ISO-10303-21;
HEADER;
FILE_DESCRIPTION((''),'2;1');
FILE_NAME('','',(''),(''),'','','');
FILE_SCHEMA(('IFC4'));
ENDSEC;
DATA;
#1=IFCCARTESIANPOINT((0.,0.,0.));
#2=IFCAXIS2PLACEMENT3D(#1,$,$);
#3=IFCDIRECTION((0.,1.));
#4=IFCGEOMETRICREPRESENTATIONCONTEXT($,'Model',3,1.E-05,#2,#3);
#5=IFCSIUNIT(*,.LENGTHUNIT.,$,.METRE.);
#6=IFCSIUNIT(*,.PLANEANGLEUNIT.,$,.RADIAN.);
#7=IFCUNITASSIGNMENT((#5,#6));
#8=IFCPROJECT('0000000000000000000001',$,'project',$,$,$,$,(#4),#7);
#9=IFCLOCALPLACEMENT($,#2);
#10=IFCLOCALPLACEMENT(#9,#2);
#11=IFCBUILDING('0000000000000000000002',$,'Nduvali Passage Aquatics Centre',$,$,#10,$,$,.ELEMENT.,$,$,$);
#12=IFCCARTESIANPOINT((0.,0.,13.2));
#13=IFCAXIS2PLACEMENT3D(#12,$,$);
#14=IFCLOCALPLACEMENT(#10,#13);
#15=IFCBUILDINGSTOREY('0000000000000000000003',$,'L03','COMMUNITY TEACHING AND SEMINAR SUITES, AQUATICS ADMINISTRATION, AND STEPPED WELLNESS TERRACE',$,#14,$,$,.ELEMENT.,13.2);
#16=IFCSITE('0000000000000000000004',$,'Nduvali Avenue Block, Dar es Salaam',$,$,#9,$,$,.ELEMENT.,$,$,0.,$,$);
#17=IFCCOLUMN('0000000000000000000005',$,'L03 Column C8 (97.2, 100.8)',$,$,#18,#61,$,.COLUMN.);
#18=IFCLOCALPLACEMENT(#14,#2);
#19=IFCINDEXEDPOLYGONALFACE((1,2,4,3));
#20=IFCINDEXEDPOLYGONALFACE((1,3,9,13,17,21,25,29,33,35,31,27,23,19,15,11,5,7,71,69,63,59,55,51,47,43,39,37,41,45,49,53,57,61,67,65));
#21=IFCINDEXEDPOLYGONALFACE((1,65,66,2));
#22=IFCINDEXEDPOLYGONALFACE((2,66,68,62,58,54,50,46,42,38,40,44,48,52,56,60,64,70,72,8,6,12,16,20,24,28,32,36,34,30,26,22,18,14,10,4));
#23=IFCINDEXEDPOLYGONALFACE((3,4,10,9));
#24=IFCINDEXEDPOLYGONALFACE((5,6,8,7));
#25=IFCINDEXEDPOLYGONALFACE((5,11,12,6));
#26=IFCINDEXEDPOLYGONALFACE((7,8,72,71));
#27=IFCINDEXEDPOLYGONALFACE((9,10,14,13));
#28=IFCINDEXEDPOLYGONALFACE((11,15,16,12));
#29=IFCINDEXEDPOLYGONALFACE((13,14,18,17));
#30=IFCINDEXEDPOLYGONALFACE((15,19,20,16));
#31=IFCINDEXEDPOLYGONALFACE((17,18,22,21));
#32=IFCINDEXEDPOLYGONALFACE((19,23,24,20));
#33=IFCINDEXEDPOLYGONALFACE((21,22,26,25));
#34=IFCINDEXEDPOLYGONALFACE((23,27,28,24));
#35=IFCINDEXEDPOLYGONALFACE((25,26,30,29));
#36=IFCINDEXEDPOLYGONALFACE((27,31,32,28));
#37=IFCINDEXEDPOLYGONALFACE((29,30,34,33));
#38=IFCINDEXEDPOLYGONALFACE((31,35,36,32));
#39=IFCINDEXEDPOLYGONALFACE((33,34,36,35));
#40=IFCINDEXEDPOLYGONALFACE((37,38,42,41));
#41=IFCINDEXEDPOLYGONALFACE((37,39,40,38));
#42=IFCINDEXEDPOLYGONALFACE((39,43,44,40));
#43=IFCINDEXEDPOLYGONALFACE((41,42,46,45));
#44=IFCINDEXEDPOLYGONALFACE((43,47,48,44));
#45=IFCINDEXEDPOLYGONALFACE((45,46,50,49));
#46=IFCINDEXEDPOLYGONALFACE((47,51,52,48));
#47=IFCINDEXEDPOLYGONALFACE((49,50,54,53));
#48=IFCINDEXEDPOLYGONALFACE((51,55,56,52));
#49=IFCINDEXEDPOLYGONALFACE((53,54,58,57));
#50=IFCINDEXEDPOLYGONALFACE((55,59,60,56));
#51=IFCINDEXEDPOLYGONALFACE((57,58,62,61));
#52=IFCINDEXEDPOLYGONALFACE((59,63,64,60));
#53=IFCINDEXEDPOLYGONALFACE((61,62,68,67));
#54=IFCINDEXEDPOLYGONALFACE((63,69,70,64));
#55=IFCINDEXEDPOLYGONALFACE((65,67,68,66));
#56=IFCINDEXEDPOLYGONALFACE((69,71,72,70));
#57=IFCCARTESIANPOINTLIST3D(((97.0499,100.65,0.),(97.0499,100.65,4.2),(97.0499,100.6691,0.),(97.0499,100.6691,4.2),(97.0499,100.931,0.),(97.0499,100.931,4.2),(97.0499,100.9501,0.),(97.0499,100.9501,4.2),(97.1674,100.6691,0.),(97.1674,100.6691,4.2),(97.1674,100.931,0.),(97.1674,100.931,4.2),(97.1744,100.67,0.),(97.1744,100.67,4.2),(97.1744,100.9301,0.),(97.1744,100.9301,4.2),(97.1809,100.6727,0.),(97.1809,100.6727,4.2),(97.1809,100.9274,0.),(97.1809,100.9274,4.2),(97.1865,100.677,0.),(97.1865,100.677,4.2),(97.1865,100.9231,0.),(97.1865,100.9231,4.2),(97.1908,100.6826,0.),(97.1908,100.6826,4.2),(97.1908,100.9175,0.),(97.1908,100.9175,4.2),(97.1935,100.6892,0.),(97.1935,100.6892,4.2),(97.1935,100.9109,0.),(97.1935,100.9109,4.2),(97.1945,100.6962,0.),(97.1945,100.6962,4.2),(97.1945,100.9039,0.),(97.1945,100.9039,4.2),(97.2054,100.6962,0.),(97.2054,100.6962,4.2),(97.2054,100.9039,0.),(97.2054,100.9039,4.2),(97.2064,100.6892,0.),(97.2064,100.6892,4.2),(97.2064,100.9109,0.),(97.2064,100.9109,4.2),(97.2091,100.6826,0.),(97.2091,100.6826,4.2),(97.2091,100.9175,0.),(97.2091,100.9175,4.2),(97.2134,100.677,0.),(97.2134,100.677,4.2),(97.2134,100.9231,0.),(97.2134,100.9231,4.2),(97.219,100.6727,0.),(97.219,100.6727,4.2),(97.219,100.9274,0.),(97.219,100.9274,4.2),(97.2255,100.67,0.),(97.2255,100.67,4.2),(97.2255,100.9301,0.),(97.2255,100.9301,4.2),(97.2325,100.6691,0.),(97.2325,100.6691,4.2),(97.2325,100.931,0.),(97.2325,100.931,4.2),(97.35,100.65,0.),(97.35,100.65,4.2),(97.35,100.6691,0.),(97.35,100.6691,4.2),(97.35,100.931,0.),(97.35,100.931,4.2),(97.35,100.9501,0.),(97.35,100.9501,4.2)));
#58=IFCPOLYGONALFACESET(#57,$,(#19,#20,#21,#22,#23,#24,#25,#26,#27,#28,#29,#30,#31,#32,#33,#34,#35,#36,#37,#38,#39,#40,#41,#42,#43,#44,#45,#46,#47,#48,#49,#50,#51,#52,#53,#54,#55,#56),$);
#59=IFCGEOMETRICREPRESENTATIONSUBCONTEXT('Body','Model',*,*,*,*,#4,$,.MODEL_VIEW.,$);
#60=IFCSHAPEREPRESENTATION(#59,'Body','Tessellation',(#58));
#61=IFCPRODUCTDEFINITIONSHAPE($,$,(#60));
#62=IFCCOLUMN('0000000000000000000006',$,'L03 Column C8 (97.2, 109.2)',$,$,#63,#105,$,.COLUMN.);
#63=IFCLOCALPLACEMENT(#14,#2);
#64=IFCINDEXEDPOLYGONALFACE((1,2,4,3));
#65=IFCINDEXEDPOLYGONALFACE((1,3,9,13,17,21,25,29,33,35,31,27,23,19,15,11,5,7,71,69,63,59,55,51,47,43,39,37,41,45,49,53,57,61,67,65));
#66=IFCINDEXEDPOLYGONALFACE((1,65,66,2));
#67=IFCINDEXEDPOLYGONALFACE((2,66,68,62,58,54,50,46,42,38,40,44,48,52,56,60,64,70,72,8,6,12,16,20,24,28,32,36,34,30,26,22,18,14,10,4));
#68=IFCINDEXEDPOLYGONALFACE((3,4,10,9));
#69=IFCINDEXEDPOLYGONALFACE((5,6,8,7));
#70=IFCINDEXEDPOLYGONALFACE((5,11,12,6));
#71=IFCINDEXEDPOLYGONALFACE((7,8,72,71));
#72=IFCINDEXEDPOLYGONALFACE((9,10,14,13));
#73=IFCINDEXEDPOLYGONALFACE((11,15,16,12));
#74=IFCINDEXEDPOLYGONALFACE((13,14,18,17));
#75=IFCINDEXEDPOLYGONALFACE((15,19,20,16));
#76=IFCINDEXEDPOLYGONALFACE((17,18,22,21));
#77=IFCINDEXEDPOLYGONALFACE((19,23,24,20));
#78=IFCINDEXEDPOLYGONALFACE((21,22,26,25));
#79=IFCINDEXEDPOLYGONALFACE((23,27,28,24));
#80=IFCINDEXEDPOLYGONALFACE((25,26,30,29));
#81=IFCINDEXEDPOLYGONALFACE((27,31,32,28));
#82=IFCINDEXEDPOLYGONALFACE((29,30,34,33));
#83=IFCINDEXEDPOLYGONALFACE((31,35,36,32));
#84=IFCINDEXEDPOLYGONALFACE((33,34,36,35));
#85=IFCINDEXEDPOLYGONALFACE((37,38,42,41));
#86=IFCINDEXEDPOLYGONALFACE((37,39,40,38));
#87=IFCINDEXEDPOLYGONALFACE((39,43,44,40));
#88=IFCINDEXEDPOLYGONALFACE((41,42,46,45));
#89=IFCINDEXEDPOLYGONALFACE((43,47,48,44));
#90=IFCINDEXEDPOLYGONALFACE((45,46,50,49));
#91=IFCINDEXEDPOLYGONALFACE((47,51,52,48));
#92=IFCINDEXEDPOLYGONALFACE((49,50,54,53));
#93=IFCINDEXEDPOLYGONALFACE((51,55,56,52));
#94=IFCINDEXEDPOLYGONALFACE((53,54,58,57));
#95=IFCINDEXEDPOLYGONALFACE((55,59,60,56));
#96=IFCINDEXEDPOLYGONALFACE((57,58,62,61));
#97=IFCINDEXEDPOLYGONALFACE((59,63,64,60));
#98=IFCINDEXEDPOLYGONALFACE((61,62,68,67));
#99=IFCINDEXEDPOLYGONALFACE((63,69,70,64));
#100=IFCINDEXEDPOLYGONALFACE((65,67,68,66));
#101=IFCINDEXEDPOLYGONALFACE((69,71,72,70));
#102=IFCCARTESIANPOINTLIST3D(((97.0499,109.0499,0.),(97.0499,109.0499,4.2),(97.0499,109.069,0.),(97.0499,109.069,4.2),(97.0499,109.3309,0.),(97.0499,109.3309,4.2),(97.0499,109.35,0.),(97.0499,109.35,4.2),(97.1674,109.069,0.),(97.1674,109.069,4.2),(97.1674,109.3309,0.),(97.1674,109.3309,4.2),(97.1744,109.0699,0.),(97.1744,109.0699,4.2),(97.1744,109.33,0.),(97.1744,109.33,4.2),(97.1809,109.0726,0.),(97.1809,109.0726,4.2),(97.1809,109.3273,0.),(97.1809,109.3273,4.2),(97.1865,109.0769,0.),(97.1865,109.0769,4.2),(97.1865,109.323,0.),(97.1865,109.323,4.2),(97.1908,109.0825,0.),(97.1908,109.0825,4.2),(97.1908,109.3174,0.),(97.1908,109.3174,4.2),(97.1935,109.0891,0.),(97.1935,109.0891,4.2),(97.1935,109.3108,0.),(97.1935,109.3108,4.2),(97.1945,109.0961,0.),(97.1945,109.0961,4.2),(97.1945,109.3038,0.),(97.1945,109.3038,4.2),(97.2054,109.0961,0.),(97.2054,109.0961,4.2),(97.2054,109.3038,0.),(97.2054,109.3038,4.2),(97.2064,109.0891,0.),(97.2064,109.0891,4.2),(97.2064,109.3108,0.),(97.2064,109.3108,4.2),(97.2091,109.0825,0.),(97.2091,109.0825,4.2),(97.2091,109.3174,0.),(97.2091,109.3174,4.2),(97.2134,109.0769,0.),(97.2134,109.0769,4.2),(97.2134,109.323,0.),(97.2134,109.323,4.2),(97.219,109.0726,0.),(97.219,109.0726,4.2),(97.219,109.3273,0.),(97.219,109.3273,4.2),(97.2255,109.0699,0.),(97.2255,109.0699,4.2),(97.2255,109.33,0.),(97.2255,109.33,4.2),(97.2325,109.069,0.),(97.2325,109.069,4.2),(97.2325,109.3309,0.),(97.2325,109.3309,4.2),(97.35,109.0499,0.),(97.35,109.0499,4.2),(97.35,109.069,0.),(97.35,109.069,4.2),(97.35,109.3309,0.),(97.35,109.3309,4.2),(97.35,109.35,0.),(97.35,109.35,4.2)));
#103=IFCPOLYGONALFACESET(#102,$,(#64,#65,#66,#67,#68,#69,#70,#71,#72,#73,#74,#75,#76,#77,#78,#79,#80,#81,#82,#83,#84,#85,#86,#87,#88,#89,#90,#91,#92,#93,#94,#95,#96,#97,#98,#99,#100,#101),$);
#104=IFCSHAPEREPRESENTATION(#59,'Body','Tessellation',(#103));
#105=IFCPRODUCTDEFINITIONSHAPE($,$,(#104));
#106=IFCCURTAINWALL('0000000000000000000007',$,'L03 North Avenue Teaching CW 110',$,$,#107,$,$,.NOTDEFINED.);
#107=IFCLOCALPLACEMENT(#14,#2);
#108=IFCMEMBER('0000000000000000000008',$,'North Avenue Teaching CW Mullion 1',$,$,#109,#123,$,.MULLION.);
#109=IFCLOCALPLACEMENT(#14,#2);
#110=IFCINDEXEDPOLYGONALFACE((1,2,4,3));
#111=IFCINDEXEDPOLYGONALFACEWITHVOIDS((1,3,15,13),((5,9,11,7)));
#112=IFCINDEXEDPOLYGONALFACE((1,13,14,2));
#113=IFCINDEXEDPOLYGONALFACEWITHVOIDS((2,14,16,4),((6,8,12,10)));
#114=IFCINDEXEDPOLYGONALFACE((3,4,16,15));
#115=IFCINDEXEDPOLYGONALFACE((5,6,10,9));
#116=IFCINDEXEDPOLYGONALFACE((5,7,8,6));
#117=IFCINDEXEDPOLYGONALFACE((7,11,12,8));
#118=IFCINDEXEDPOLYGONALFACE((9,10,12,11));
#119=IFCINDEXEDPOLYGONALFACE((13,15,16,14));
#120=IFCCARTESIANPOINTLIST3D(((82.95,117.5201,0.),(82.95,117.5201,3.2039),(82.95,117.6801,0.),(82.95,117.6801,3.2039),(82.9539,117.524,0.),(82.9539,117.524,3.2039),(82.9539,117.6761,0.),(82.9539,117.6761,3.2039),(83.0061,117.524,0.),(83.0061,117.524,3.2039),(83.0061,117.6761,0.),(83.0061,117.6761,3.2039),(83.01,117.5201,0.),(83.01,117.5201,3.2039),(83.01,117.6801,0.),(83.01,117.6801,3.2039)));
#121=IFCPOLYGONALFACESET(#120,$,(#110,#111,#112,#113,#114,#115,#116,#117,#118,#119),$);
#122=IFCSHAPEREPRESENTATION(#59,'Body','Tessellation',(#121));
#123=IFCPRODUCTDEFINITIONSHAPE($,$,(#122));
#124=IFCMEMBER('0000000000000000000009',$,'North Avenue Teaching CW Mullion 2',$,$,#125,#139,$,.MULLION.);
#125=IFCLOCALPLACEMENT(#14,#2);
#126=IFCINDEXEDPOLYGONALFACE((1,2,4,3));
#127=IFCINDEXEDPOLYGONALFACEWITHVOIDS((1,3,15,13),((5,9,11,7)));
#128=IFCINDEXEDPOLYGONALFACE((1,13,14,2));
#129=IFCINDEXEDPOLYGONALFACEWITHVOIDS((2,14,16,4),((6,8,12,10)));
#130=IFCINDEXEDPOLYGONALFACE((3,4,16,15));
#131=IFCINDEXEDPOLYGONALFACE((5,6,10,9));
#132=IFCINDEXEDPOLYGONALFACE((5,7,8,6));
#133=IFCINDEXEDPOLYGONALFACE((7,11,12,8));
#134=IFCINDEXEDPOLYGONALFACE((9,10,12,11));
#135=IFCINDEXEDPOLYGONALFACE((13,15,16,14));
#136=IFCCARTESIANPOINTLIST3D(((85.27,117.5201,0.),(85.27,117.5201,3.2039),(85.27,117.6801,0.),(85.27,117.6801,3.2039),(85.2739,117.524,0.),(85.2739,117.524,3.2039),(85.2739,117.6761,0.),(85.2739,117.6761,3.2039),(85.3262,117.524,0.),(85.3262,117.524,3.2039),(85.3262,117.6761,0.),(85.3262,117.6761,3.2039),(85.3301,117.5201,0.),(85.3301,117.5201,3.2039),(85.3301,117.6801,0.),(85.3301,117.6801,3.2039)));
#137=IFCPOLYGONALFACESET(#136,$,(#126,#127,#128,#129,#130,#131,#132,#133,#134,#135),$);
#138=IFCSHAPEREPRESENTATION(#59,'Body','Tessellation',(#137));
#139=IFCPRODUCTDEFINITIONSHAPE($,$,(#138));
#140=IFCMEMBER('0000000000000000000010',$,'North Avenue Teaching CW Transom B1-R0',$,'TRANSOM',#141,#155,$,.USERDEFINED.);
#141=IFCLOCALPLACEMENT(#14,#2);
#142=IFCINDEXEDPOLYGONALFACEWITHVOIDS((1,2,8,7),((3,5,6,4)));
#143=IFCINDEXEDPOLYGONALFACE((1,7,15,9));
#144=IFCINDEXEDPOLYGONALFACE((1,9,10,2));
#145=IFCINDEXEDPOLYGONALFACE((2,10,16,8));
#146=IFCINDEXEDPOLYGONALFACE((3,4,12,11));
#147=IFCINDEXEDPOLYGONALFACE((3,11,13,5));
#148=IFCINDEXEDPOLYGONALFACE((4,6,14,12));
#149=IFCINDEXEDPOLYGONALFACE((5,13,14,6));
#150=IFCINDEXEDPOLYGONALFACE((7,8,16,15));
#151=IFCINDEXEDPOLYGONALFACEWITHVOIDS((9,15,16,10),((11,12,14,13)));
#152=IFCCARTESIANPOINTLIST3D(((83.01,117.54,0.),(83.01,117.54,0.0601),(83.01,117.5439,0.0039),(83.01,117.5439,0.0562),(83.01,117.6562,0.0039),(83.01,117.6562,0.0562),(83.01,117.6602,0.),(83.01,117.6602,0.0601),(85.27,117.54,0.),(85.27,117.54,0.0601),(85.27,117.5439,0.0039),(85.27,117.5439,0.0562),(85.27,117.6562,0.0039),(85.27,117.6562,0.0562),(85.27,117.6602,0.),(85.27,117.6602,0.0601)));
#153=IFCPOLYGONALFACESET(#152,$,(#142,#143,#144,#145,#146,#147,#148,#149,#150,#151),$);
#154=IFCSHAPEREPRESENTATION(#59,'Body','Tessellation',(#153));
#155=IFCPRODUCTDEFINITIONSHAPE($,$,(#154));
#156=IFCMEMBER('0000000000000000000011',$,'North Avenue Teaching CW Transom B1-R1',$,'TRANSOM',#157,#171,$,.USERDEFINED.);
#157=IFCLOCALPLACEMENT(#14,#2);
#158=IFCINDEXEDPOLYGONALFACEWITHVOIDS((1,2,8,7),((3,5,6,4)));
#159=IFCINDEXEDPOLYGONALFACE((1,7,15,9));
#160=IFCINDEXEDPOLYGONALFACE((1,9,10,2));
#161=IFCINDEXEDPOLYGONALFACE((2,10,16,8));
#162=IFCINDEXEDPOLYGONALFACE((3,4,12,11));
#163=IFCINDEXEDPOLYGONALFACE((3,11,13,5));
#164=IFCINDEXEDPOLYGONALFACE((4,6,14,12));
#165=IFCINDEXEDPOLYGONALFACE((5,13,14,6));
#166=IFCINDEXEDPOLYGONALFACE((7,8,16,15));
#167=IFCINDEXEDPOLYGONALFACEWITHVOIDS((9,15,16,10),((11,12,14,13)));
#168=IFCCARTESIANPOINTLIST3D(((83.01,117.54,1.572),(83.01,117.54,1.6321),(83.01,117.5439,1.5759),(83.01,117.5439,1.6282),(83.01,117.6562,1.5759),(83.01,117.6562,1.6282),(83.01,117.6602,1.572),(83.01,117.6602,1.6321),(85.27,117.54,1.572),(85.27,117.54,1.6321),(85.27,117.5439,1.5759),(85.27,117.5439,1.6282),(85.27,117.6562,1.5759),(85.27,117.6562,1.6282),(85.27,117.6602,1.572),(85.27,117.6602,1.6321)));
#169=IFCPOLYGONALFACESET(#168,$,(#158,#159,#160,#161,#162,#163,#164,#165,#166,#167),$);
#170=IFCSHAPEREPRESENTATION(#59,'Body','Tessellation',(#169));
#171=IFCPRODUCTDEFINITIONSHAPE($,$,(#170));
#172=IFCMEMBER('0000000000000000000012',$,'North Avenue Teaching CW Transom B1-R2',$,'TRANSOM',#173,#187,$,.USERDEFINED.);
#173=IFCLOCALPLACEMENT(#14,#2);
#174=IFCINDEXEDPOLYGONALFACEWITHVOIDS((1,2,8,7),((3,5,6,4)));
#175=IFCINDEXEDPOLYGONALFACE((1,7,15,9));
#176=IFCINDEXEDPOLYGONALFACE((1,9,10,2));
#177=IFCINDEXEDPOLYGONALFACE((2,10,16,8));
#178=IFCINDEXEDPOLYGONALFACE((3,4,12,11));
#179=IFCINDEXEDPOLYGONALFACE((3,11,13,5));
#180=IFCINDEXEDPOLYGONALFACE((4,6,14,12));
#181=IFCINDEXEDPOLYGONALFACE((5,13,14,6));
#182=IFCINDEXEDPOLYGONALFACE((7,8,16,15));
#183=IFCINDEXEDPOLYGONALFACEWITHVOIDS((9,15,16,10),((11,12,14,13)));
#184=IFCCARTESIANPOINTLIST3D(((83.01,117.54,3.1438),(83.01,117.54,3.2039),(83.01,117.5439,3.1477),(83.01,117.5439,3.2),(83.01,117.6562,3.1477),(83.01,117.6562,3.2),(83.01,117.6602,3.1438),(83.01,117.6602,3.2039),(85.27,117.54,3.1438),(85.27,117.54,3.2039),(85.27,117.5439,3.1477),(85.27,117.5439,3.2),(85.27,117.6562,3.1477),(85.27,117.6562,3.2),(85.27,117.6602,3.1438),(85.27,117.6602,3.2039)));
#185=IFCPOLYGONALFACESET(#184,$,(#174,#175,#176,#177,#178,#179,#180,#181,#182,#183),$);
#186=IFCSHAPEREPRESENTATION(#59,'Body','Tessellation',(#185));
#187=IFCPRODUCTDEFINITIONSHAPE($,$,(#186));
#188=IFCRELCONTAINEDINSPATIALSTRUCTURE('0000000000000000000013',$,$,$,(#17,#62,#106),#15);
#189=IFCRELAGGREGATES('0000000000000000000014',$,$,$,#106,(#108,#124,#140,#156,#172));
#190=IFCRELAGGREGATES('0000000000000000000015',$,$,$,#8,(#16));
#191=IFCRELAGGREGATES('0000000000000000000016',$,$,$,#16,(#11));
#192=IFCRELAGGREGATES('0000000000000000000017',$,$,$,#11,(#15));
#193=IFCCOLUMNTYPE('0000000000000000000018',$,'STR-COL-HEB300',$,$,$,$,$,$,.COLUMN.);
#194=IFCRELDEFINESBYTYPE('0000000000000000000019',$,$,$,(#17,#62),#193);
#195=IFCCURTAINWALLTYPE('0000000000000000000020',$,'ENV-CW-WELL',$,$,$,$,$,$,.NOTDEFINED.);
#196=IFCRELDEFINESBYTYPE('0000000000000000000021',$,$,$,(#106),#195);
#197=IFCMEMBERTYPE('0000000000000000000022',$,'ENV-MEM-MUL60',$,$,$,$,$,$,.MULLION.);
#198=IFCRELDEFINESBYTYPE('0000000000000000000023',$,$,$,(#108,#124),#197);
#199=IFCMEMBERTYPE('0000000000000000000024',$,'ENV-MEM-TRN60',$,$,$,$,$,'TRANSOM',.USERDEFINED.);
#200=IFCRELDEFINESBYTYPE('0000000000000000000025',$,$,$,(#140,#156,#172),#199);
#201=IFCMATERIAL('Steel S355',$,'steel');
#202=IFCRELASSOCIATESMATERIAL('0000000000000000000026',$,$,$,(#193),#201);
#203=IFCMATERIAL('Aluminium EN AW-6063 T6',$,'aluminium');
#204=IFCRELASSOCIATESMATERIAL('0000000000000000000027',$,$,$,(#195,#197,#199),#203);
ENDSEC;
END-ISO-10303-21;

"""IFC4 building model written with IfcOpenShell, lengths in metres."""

from ifc_helpers import new_model, si_unit, direction, frame, origin, origin_2d, place, context, subcontext, project, spatial, hollow_rectangle, i_section, extrude, material, material_profile, profile_set, type_object, element, aggregate, save


model = new_model("IFC4")

# Units and contexts
model_context = context("Model", 3, precision=1e-05, world=origin(), true_north=direction((0.0, 1.0)))
body_context = subcontext(model_context, "Body", "Model", "MODEL_VIEW")
ifc_project = project(units=[si_unit("LENGTHUNIT", "METRE"), si_unit("PLANEANGLEUNIT", "RADIAN")], contexts=[model_context])

# Site, building, storey
site_placement = place(None, origin())
site = spatial("IfcSite", under=ifc_project, at=site_placement, Name="Nduvali Avenue Block, Dar es Salaam", CompositionType="ELEMENT", RefElevation=0.0)
building_placement = place(site_placement, origin())
building = spatial("IfcBuilding", under=site, at=building_placement, Name="Nduvali Passage Aquatics Centre", CompositionType="ELEMENT")
storey_placement = place(building_placement, frame((0.0, 0.0, 13.2)))
storey = spatial("IfcBuildingStorey", under=building, at=storey_placement, Name="L03", Description="COMMUNITY TEACHING AND SEMINAR SUITES, AQUATICS ADMINISTRATION, AND STEPPED WELLNESS TERRACE", CompositionType="ELEMENT", Elevation=13.2)

# Columns
ifc_material_1 = material(Name="Steel S355", Category="steel")
ifc_material_profile_1 = material_profile(ifc_material_1, i_section(OverallWidth=0.3, OverallDepth=0.3, WebThickness=0.011, FlangeThickness=0.019, FilletRadius=0.0271, at=origin_2d()), Name="HEB 300")
ifc_profile_set_1 = profile_set([ifc_material_profile_1], Name="Steel S355")
column_type = type_object("IfcColumnType", Name="STR-COL-HEB300", PredefinedType="COLUMN", material=ifc_profile_set_1)
for number, where, z_axis, x_axis, name in (
    (1, (97.2, 100.8, 0.0), (0.0, 0.0, 1.0), (1.0, 0.0, 0.0), "L03 Column C8 (97.2, 100.8)"),
    (2, (97.2, 109.2, 0.0), (0.0, 0.0, 1.0), (1.0, 0.0, 0.0), "L03 Column C8 (97.2, 109.2)"),
):
    element("IfcColumn", number, at=place(storey_placement, frame(where, z_axis=z_axis, x_axis=x_axis)), inside=storey, type_object=column_type, Name=name, PredefinedType="COLUMN", context=body_context, shape_type="SweptSolid", body=[
        extrude(i_section(OverallWidth=0.3, OverallDepth=0.3, WebThickness=0.011, FlangeThickness=0.019, FilletRadius=0.0271, at=origin_2d()), origin(), (0.0, 0.0, 1.0), 4.2),
    ])

# Curtain wall, members
ifc_material_2 = material(Name="Aluminium EN AW-6063 T6", Category="aluminium")
curtain_wall_type = type_object("IfcCurtainWallType", Name="ENV-CW-WELL", PredefinedType="NOTDEFINED", material=ifc_material_2)
curtain_wall_placement = place(storey_placement, origin())
curtain_wall = element("IfcCurtainWall", 3, at=curtain_wall_placement, inside=storey, type_object=curtain_wall_type, Name="L03 North Avenue Teaching CW 110", PredefinedType="NOTDEFINED")
ifc_material_profile_2 = material_profile(ifc_material_2, hollow_rectangle(XDim=0.0601, YDim=0.1599, WallThickness=0.0039, at=origin_2d()), Name="ALU MULLION 60x160x4")
ifc_profile_set_2 = profile_set([ifc_material_profile_2], Name="Aluminium EN AW-6063 T6")
member_type_1 = type_object("IfcMemberType", Name="ENV-MEM-MUL60", PredefinedType="MULLION", material=ifc_profile_set_2)
member_1_placement = place(storey_placement, frame((82.98, 117.6001, 0.0), z_axis=(0.0, 0.0, 1.0), x_axis=(1.0, 0.0, 0.0)))
member_1 = element("IfcMember", 4, at=member_1_placement, type_object=member_type_1, Name="North Avenue Teaching CW Mullion 1", PredefinedType="MULLION", context=body_context, shape_type="SweptSolid", body=[
    extrude(hollow_rectangle(XDim=0.0601, YDim=0.1599, WallThickness=0.0039, at=origin_2d()), origin(), (0.0, 0.0, 1.0), 3.2039),
])
member_2_placement = place(storey_placement, frame((85.3, 117.6001, 0.0), z_axis=(0.0, 0.0, 1.0), x_axis=(1.0, 0.0, 0.0)))
member_2 = element("IfcMember", 5, at=member_2_placement, type_object=member_type_1, Name="North Avenue Teaching CW Mullion 2", PredefinedType="MULLION", context=body_context, shape_type="SweptSolid", body=[
    extrude(hollow_rectangle(XDim=0.0601, YDim=0.1599, WallThickness=0.0039, at=origin_2d()), origin(), (0.0, 0.0, 1.0), 3.2039),
])
ifc_material_profile_3 = material_profile(ifc_material_2, hollow_rectangle(XDim=0.1201, YDim=0.0601, WallThickness=0.0039, at=origin_2d()), Name="ALU TRANSOM 120x60x4")
ifc_profile_set_3 = profile_set([ifc_material_profile_3], Name="Aluminium EN AW-6063 T6")
member_type_2 = type_object("IfcMemberType", Name="ENV-MEM-TRN60", ElementType="TRANSOM", PredefinedType="USERDEFINED", material=ifc_profile_set_3)
member_3_placement = place(storey_placement, frame((83.01, 117.6001, 0.03), z_axis=(1.0, 0.0, 0.0), x_axis=(0.0, 1.0, 0.0)))
member_3 = element("IfcMember", 6, at=member_3_placement, type_object=member_type_2, Name="North Avenue Teaching CW Transom B1-R0", ObjectType="TRANSOM", PredefinedType="USERDEFINED", context=body_context, shape_type="SweptSolid", body=[
    extrude(hollow_rectangle(XDim=0.1201, YDim=0.0601, WallThickness=0.0039, at=origin_2d()), origin(), (0.0, 0.0, 1.0), 2.26),
])
member_4_placement = place(storey_placement, frame((83.01, 117.6001, 1.6021), z_axis=(1.0, 0.0, 0.0), x_axis=(0.0, 1.0, 0.0)))
member_4 = element("IfcMember", 7, at=member_4_placement, type_object=member_type_2, Name="North Avenue Teaching CW Transom B1-R1", ObjectType="TRANSOM", PredefinedType="USERDEFINED", context=body_context, shape_type="SweptSolid", body=[
    extrude(hollow_rectangle(XDim=0.1201, YDim=0.0601, WallThickness=0.0039, at=origin_2d()), origin(), (0.0, 0.0, 1.0), 2.26),
])
member_5_placement = place(storey_placement, frame((83.01, 117.6001, 3.1738), z_axis=(1.0, 0.0, 0.0), x_axis=(0.0, 1.0, 0.0)))
member_5 = element("IfcMember", 8, at=member_5_placement, type_object=member_type_2, Name="North Avenue Teaching CW Transom B1-R2", ObjectType="TRANSOM", PredefinedType="USERDEFINED", context=body_context, shape_type="SweptSolid", body=[
    extrude(hollow_rectangle(XDim=0.1201, YDim=0.0601, WallThickness=0.0039, at=origin_2d()), origin(), (0.0, 0.0, 1.0), 2.26),
])

aggregate(curtain_wall, [member_1, member_2, member_3, member_4, member_5])

save(model, "model.ifc")
